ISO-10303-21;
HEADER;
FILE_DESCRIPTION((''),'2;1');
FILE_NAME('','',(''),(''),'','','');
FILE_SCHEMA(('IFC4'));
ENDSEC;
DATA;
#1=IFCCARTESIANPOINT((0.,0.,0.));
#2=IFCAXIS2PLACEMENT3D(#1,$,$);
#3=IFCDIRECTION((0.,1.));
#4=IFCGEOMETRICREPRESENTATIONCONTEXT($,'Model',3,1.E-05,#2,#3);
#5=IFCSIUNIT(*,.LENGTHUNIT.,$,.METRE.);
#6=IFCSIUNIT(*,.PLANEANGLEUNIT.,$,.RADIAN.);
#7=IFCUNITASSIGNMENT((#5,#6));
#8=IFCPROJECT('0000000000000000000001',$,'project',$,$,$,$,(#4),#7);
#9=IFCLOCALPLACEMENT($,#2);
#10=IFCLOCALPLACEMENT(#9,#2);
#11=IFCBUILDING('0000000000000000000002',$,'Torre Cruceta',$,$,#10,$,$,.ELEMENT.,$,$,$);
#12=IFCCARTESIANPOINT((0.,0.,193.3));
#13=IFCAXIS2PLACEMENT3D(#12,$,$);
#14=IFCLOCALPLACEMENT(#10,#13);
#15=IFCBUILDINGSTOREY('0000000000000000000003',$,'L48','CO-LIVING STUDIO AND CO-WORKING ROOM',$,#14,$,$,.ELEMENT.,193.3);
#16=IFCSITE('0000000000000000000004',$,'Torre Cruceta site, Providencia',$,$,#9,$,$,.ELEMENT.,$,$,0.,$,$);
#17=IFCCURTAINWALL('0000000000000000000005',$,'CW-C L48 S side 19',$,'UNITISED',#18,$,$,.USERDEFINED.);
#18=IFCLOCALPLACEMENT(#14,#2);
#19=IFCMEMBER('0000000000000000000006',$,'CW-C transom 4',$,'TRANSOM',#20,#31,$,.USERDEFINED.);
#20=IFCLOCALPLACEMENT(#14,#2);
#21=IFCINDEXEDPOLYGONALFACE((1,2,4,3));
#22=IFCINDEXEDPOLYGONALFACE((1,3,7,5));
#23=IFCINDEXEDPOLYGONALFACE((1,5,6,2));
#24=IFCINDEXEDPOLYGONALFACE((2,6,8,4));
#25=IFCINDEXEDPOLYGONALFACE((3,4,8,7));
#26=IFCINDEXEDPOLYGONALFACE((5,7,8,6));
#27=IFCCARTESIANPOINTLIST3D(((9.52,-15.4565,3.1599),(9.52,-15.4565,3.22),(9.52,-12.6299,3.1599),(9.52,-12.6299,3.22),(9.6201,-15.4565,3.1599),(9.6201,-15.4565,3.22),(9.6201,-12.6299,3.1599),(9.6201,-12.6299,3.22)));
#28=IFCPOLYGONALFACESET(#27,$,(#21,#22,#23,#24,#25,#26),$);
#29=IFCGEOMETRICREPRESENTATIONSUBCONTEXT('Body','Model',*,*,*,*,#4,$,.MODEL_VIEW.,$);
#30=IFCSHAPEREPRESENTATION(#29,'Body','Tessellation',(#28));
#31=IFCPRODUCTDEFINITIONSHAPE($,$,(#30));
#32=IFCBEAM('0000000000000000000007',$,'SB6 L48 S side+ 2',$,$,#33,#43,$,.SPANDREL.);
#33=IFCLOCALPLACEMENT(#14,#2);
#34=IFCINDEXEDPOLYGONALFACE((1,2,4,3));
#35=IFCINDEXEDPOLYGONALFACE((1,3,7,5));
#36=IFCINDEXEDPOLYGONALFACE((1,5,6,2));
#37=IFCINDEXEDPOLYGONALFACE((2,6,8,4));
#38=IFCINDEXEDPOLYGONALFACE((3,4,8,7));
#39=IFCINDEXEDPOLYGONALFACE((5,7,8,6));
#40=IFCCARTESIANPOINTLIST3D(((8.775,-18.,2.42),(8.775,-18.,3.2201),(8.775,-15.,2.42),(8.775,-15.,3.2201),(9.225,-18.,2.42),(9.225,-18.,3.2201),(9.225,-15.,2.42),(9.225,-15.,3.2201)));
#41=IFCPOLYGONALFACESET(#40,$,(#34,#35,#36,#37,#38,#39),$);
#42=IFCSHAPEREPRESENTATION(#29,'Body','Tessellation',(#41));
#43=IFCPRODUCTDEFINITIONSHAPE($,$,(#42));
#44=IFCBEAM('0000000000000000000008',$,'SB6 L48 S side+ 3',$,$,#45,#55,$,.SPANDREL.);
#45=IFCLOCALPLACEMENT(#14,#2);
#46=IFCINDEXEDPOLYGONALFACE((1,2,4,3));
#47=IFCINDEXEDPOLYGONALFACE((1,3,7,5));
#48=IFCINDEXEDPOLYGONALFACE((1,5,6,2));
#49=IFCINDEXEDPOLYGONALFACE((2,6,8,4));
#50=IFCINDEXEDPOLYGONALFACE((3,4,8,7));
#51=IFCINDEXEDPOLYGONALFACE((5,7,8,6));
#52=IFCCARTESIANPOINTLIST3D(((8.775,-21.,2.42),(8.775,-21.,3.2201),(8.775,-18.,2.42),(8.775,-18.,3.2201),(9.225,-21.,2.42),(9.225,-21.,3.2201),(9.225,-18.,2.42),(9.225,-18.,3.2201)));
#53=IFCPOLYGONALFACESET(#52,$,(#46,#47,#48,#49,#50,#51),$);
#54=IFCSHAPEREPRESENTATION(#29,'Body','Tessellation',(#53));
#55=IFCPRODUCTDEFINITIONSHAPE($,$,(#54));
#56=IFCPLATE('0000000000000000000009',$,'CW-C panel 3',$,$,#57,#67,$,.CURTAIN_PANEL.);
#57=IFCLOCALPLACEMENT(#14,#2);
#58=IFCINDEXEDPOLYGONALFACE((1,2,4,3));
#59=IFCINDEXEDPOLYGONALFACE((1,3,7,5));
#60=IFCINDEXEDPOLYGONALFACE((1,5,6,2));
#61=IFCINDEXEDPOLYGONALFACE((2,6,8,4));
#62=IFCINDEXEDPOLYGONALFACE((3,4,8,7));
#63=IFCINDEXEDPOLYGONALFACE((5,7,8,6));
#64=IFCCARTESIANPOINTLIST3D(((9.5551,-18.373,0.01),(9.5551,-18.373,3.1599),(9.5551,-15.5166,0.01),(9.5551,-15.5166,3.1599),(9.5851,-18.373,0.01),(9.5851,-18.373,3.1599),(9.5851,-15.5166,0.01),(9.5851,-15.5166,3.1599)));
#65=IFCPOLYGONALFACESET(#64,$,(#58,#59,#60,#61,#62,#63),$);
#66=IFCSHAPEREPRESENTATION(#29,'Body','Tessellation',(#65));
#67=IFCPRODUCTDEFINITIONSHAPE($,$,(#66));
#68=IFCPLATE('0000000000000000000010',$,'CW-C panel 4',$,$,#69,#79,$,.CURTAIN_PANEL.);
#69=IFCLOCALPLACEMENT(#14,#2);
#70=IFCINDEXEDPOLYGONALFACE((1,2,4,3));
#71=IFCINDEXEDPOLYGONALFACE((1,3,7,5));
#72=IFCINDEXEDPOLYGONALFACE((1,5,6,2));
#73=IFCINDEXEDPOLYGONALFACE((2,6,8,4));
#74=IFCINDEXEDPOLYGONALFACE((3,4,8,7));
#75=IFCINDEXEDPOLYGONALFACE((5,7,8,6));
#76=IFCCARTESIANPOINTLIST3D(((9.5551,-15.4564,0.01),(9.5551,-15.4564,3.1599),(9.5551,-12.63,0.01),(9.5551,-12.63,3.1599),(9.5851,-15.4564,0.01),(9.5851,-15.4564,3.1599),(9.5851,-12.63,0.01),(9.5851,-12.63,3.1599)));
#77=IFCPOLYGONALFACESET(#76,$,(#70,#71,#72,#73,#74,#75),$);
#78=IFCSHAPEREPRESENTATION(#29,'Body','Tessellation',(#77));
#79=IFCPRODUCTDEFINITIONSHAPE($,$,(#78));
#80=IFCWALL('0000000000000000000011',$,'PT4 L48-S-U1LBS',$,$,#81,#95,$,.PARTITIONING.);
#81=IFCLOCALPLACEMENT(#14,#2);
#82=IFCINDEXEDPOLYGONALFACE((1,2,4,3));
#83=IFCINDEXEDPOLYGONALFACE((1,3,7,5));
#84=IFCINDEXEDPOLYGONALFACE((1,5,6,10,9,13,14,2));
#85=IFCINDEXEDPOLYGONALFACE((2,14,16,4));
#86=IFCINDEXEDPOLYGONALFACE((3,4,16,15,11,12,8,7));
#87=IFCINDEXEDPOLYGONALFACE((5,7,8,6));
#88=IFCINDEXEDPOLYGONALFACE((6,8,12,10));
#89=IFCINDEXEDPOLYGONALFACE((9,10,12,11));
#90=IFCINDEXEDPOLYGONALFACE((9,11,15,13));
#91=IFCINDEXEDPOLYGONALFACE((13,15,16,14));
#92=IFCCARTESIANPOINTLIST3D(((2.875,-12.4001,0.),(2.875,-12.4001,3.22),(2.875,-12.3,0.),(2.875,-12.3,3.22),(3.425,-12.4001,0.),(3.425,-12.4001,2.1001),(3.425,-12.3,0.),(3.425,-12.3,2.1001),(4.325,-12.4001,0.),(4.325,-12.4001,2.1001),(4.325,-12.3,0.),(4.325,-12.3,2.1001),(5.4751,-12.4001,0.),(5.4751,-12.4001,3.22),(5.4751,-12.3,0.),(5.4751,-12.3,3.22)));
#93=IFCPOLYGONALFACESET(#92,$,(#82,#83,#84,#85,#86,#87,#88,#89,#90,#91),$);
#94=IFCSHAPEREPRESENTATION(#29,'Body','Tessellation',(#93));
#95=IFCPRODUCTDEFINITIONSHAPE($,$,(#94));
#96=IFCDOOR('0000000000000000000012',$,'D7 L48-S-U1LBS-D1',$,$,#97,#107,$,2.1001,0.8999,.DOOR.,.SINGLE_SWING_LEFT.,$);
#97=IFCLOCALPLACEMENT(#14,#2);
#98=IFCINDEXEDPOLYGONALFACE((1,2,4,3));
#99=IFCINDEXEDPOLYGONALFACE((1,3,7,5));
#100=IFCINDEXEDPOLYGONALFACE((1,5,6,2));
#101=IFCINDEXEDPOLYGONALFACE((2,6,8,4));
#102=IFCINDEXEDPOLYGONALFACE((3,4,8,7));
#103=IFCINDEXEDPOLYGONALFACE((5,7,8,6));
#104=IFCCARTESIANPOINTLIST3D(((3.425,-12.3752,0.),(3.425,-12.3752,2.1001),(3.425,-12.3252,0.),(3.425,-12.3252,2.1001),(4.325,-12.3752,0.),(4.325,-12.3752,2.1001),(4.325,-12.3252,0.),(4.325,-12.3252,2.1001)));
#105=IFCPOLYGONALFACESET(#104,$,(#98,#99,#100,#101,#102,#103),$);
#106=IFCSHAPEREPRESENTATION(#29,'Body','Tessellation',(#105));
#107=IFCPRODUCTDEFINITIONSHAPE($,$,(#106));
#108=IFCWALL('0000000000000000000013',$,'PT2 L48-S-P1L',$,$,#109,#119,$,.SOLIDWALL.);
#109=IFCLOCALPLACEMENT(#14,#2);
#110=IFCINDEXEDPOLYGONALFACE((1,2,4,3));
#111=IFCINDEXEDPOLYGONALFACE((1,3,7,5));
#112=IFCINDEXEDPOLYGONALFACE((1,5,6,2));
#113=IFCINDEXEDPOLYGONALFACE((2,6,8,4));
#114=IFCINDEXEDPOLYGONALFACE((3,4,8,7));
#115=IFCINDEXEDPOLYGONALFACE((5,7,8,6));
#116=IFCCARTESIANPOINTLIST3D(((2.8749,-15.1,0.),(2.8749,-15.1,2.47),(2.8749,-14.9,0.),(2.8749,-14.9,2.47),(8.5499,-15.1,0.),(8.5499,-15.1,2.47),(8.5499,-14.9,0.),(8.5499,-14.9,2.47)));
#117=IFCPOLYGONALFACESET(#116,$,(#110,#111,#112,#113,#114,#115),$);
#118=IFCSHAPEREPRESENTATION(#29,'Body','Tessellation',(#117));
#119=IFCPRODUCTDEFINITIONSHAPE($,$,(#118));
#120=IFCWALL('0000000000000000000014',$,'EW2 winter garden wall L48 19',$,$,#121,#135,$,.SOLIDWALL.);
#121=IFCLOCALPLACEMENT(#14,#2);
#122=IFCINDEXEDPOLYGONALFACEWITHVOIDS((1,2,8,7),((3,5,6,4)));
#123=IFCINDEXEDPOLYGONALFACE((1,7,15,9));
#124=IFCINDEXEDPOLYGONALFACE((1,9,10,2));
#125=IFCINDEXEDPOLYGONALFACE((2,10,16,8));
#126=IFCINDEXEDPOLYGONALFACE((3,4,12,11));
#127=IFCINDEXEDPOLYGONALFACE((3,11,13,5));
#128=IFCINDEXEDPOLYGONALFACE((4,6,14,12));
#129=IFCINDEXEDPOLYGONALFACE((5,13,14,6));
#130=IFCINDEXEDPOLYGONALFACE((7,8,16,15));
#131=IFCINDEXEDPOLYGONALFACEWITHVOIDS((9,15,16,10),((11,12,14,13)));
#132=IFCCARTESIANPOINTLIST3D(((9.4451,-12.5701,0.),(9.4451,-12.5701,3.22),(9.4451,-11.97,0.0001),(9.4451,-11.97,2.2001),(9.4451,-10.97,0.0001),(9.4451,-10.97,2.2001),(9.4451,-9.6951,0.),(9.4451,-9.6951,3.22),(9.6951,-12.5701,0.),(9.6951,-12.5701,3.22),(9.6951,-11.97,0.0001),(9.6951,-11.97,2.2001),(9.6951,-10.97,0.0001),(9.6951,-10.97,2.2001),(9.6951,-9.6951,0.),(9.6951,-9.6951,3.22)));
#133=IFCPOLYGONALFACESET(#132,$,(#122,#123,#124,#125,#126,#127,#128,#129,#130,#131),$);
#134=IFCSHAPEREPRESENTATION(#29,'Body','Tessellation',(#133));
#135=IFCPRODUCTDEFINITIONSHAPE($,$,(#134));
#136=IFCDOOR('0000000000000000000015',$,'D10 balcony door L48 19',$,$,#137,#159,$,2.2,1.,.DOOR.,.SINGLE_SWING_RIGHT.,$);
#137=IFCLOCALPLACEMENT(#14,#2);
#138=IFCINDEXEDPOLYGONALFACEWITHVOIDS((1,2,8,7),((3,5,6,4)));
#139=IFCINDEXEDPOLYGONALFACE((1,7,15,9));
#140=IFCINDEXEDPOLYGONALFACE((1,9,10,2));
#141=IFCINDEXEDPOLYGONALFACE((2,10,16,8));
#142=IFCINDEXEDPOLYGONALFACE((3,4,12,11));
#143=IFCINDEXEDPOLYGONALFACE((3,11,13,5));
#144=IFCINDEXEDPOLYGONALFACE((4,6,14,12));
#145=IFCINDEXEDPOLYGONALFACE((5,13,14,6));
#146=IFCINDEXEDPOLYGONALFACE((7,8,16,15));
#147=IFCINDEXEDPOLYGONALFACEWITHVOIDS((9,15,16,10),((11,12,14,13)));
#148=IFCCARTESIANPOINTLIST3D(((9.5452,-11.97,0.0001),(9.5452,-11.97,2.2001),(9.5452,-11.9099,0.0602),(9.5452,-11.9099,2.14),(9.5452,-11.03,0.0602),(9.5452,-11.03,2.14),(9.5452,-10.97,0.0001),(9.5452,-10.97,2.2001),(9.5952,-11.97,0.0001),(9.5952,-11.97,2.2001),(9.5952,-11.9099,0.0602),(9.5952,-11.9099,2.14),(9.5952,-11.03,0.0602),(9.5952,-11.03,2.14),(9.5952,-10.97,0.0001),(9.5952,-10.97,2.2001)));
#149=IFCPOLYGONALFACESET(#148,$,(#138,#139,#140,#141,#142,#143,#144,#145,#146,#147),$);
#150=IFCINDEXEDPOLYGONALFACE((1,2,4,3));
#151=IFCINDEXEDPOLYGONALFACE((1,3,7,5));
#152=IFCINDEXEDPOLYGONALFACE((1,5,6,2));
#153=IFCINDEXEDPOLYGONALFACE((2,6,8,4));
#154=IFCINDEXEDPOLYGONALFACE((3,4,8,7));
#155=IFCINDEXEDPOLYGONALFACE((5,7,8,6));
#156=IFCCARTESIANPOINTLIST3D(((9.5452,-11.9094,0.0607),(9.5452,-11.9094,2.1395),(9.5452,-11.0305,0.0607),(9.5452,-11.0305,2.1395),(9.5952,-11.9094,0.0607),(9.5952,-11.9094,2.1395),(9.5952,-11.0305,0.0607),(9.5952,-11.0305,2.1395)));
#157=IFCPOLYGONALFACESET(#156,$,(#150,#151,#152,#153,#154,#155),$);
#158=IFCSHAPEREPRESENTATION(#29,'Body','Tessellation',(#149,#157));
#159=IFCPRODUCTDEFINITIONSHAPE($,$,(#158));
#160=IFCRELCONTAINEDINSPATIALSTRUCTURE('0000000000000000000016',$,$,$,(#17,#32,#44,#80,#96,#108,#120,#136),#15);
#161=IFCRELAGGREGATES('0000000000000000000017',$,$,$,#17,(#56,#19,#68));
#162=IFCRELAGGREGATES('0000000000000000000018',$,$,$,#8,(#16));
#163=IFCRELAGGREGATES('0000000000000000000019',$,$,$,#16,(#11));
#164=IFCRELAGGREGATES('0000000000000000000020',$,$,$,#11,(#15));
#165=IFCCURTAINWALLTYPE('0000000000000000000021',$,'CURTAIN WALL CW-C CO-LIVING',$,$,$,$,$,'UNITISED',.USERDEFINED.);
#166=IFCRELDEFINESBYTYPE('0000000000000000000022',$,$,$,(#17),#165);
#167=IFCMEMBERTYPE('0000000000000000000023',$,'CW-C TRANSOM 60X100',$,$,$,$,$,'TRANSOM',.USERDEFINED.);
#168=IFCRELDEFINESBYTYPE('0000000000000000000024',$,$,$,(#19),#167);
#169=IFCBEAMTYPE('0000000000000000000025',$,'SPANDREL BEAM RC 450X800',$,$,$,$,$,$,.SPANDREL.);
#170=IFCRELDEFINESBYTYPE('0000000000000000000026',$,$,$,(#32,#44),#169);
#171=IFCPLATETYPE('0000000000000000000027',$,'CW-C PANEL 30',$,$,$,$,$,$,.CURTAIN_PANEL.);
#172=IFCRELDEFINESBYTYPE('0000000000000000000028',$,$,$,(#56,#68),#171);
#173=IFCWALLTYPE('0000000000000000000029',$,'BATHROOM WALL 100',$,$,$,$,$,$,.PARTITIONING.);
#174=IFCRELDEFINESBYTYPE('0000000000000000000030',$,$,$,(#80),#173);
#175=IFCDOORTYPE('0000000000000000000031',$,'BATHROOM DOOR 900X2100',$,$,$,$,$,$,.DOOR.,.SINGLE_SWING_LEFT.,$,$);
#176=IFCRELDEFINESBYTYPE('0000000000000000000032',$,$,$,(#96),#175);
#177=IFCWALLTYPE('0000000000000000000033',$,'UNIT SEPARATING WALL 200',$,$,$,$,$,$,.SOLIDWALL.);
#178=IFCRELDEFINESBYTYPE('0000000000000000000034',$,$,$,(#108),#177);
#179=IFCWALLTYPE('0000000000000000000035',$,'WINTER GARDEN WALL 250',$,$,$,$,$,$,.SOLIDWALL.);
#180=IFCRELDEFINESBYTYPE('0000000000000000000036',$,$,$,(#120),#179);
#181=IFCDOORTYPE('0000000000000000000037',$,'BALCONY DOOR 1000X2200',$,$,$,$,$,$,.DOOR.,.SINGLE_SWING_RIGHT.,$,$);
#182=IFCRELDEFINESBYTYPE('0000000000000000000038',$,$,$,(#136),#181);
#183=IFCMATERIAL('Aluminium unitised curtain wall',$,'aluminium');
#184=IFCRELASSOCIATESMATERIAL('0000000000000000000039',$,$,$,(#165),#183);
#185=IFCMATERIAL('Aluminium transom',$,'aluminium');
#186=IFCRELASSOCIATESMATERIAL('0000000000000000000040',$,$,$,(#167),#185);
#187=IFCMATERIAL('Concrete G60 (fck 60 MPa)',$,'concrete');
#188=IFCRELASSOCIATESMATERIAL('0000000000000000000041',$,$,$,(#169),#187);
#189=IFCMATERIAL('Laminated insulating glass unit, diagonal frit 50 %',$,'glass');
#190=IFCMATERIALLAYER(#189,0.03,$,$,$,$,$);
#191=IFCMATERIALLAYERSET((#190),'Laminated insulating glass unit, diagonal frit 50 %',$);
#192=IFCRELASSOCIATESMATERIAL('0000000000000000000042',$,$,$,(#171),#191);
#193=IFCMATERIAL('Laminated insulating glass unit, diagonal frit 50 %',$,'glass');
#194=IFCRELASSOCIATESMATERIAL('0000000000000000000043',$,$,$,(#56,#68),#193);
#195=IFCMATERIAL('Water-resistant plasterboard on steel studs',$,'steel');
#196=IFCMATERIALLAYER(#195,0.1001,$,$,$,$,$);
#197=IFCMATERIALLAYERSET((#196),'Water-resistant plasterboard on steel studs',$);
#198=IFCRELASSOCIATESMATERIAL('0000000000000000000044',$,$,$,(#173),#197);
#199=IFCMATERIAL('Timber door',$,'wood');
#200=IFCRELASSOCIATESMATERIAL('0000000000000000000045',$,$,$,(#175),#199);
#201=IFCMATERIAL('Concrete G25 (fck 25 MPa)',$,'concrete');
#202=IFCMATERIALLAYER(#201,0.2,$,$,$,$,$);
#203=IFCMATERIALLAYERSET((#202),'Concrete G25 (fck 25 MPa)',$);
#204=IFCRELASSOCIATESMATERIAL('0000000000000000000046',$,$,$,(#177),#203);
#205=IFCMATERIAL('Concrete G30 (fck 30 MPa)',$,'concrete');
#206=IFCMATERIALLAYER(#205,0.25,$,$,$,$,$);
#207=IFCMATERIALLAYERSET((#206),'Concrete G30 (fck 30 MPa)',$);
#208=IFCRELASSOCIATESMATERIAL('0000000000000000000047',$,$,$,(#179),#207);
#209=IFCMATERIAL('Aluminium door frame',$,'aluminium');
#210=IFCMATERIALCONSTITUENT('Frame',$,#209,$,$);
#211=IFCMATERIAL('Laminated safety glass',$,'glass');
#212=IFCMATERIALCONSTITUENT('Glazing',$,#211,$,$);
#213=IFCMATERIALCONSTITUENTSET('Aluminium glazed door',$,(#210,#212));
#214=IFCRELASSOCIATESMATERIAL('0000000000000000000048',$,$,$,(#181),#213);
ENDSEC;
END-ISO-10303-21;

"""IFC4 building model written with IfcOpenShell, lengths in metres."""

from ifc_helpers import new_model, si_unit, direction, frame, frame_2d, origin, origin_2d, place, context, subcontext, project, spatial, rectangle, hollow_rectangle, extrude, material, layer, layer_set, constituent, constituent_set, material_profile, profile_set, type_object, element, fill, aggregate, save


model = new_model("IFC4")

# Units and contexts
model_context = context("Model", 3, precision=1e-05, world=origin(), true_north=direction((0.0, 1.0)))
body_context = subcontext(model_context, "Body", "Model", "MODEL_VIEW")
ifc_project = project(units=[si_unit("LENGTHUNIT", "METRE"), si_unit("PLANEANGLEUNIT", "RADIAN")], contexts=[model_context])

# Site, building, storey
site_placement = place(None, origin())
site = spatial("IfcSite", under=ifc_project, at=site_placement, Name="Torre Cruceta site, Providencia", CompositionType="ELEMENT", RefElevation=0.0)
building_placement = place(site_placement, origin())
building = spatial("IfcBuilding", under=site, at=building_placement, Name="Torre Cruceta", CompositionType="ELEMENT")
storey_placement = place(building_placement, frame((0.0, 0.0, 193.3)))
storey = spatial("IfcBuildingStorey", under=building, at=storey_placement, Name="L48", Description="CO-LIVING STUDIO AND CO-WORKING ROOM", CompositionType="ELEMENT", Elevation=193.3)

# Curtain wall, member
ifc_material_1 = material(Name="Aluminium unitised curtain wall", Category="aluminium")
curtain_wall_type = type_object("IfcCurtainWallType", Name="CURTAIN WALL CW-C CO-LIVING", ElementType="UNITISED", PredefinedType="USERDEFINED", material=ifc_material_1)
curtain_wall_placement = place(storey_placement, origin())
curtain_wall = element("IfcCurtainWall", 1, at=curtain_wall_placement, inside=storey, type_object=curtain_wall_type, Name="CW-C L48 S side 19", ObjectType="UNITISED", PredefinedType="USERDEFINED")
ifc_material_2 = material(Name="Aluminium transom", Category="aluminium")
ifc_material_profile_1 = material_profile(ifc_material_2, rectangle(XDim=0.1001, YDim=0.0601, at=origin_2d()), Name="AL 100X60")
ifc_profile_set_1 = profile_set([ifc_material_profile_1], Name="Aluminium transom")
member_type_1 = type_object("IfcMemberType", Name="CW-C TRANSOM 60X100", ElementType="TRANSOM", PredefinedType="USERDEFINED", material=ifc_profile_set_1)
member_1_placement = place(storey_placement, frame((9.5701, -15.4565, 3.1899), z_axis=(0.0, 1.0, 0.0), x_axis=(-1.0, 0.0, 0.0)))
member_1 = element("IfcMember", 2, at=member_1_placement, type_object=member_type_1, Name="CW-C transom 4", ObjectType="TRANSOM", PredefinedType="USERDEFINED", context=body_context, shape_type="SweptSolid", body=[
    extrude(rectangle(XDim=0.1001, YDim=0.0601, at=origin_2d()), origin(), (0.0, 0.0, 1.0), 2.8267),
])

# Beams
ifc_material_3 = material(Name="Concrete G60 (fck 60 MPa)", Category="concrete")
ifc_material_profile_2 = material_profile(ifc_material_3, rectangle(XDim=0.45, YDim=0.8, at=origin_2d()), Name="RC 450X800")
ifc_profile_set_2 = profile_set([ifc_material_profile_2], Name="Concrete G60 (fck 60 MPa)")
beam_type_1 = type_object("IfcBeamType", Name="SPANDREL BEAM RC 450X800", PredefinedType="SPANDREL", material=ifc_profile_set_2)
for number, where, z_axis, x_axis, name in (
    (3, (9.0, -15.0, 2.8201), (0.0, -1.0, 0.0), (1.0, 0.0, 0.0), "SB6 L48 S side+ 2"),
    (4, (9.0, -18.0, 2.8201), (0.0, -1.0, 0.0), (1.0, 0.0, 0.0), "SB6 L48 S side+ 3"),
):
    element("IfcBeam", number, at=place(storey_placement, frame(where, z_axis=z_axis, x_axis=x_axis)), inside=storey, type_object=beam_type_1, Name=name, PredefinedType="SPANDREL", context=body_context, shape_type="SweptSolid", body=[
        extrude(rectangle(XDim=0.45, YDim=0.8, at=origin_2d()), origin(), (0.0, 0.0, 1.0), 3.0),
    ])

# Plates
ifc_material_4 = material(Name="Laminated insulating glass unit, diagonal frit 50 %", Category="glass")
ifc_material_5 = material(Name="Laminated insulating glass unit, diagonal frit 50 %", Category="glass")
ifc_layer_1 = layer(ifc_material_5, 0.03)
ifc_layer_set_1 = layer_set([ifc_layer_1], Name="Laminated insulating glass unit, diagonal frit 50 %")
plate_type = type_object("IfcPlateType", Name="CW-C PANEL 30", PredefinedType="CURTAIN_PANEL", material=ifc_layer_set_1)
plate_1_placement = place(storey_placement, frame((9.5701, -16.9448, 0.01), z_axis=(0.0, 0.0, 1.0), x_axis=(0.0, 1.0, 0.0)))
plate_1 = element("IfcPlate", 5, at=plate_1_placement, type_object=plate_type, material=ifc_material_4, Name="CW-C panel 3", PredefinedType="CURTAIN_PANEL", context=body_context, shape_type="SweptSolid", body=[
    extrude(rectangle(XDim=2.8564, YDim=0.03, at=origin_2d()), origin(), (0.0, 0.0, 1.0), 3.1499),
])
plate_2_placement = place(storey_placement, frame((9.5701, -14.0432, 0.01), z_axis=(0.0, 0.0, 1.0), x_axis=(0.0, 1.0, 0.0)))
plate_2 = element("IfcPlate", 6, at=plate_2_placement, type_object=plate_type, material=ifc_material_4, Name="CW-C panel 4", PredefinedType="CURTAIN_PANEL", context=body_context, shape_type="SweptSolid", body=[
    extrude(rectangle(XDim=2.8264, YDim=0.03, at=origin_2d()), origin(), (0.0, 0.0, 1.0), 3.1499),
])
aggregate(curtain_wall, [plate_1, member_1, plate_2])

# Wall, opening, door
ifc_material_6 = material(Name="Water-resistant plasterboard on steel studs", Category="steel")
ifc_layer_2 = layer(ifc_material_6, 0.1001)
ifc_layer_set_2 = layer_set([ifc_layer_2], Name="Water-resistant plasterboard on steel studs")
wall_type_1 = type_object("IfcWallType", Name="BATHROOM WALL 100", PredefinedType="PARTITIONING", material=ifc_layer_set_2)
wall_1_placement = place(storey_placement, frame((2.875, -12.3501, 0.0), z_axis=(0.0, 0.0, 1.0), x_axis=(1.0, 0.0, 0.0)))
wall_1 = element("IfcWall", 7, at=wall_1_placement, inside=storey, type_object=wall_type_1, Name="PT4 L48-S-U1LBS", PredefinedType="PARTITIONING", context=body_context, shape_type="SweptSolid", body=[
    extrude(rectangle(XDim=2.6001, YDim=0.1001, at=frame_2d((1.3, 0.0))), origin(), (0.0, 0.0, 1.0), 3.22),
])
opening_1_placement = place(wall_1_placement, frame((0.55, 0.0, 0.0)))
opening_1 = element("IfcOpeningElement", 8, at=opening_1_placement, cuts=wall_1, PredefinedType="OPENING", context=body_context, shape_type="SweptSolid", body=[
    extrude(rectangle(XDim=0.8999, YDim=2.1001, at=frame_2d((0.45, 1.05))), frame((0.0, 0.0601, 0.0), z_axis=(0.0, -1.0, 0.0), x_axis=(1.0, 0.0, 0.0)), (0.0, 0.0, 1.0), 0.1201),
])
ifc_material_7 = material(Name="Timber door", Category="wood")
door_type_1 = type_object("IfcDoorType", Name="BATHROOM DOOR 900X2100", OperationType="SINGLE_SWING_LEFT", PredefinedType="DOOR", material=ifc_material_7)
door_1_placement = place(opening_1_placement, origin())
door_1 = element("IfcDoor", 9, at=door_1_placement, inside=storey, type_object=door_type_1, Name="D7 L48-S-U1LBS-D1", OperationType="SINGLE_SWING_LEFT", OverallHeight=2.1001, OverallWidth=0.8999, PredefinedType="DOOR", context=body_context, shape_type="SweptSolid", body=[
    extrude(rectangle(XDim=0.8999, YDim=2.1001, at=frame_2d((0.45, 1.05))), frame((0.0, 0.0249, 0.0), z_axis=(0.0, -1.0, 0.0), x_axis=(1.0, 0.0, 0.0)), (0.0, 0.0, 1.0), 0.05),
])
fill(opening_1, door_1)

# Wall
ifc_material_8 = material(Name="Concrete G25 (fck 25 MPa)", Category="concrete")
ifc_layer_3 = layer(ifc_material_8, 0.2)
ifc_layer_set_3 = layer_set([ifc_layer_3], Name="Concrete G25 (fck 25 MPa)")
wall_type_2 = type_object("IfcWallType", Name="UNIT SEPARATING WALL 200", PredefinedType="SOLIDWALL", material=ifc_layer_set_3)
wall_2_placement = place(storey_placement, frame((2.875, -15.0, 0.0), z_axis=(0.0, 0.0, 1.0), x_axis=(1.0, 0.0, 0.0)))
element("IfcWall", 10, at=wall_2_placement, inside=storey, type_object=wall_type_2, Name="PT2 L48-S-P1L", PredefinedType="SOLIDWALL", context=body_context, shape_type="SweptSolid", body=[
    extrude(rectangle(XDim=5.675, YDim=0.2, at=frame_2d((2.8374, 0.0))), origin(), (0.0, 0.0, 1.0), 2.47),
])

# Wall, opening, door
ifc_material_9 = material(Name="Concrete G30 (fck 30 MPa)", Category="concrete")
ifc_layer_4 = layer(ifc_material_9, 0.25)
ifc_layer_set_4 = layer_set([ifc_layer_4], Name="Concrete G30 (fck 30 MPa)")
wall_type_3 = type_object("IfcWallType", Name="WINTER GARDEN WALL 250", PredefinedType="SOLIDWALL", material=ifc_layer_set_4)
wall_3_placement = place(storey_placement, frame((9.5701, -12.5701, 0.0), z_axis=(0.0, 0.0, 1.0), x_axis=(0.0, 1.0, 0.0)))
wall_3 = element("IfcWall", 11, at=wall_3_placement, inside=storey, type_object=wall_type_3, Name="EW2 winter garden wall L48 19", PredefinedType="SOLIDWALL", context=body_context, shape_type="SweptSolid", body=[
    extrude(rectangle(XDim=2.875, YDim=0.25, at=frame_2d((1.4375, 0.0))), origin(), (0.0, 0.0, 1.0), 3.22),
])
opening_2_placement = place(wall_3_placement, frame((0.6001, 0.0, 0.0)))
opening_2 = element("IfcOpeningElement", 12, at=opening_2_placement, cuts=wall_3, PredefinedType="OPENING", context=body_context, shape_type="SweptSolid", body=[
    extrude(rectangle(XDim=1.0, YDim=2.2, at=frame_2d((0.5, 1.1001))), frame((0.0, 0.135, 0.0), z_axis=(0.0, -1.0, 0.0), x_axis=(1.0, 0.0, 0.0)), (0.0, 0.0, 1.0), 0.27),
])
ifc_material_10 = material(Name="Aluminium door frame", Category="aluminium")
ifc_constituent_1 = constituent(ifc_material_10, Name="Frame")
ifc_material_11 = material(Name="Laminated safety glass", Category="glass")
ifc_constituent_2 = constituent(ifc_material_11, Name="Glazing")
ifc_constituent_set_1 = constituent_set(constituents=[ifc_constituent_1, ifc_constituent_2], Name="Aluminium glazed door")
door_type_2 = type_object("IfcDoorType", Name="BALCONY DOOR 1000X2200", OperationType="SINGLE_SWING_RIGHT", PredefinedType="DOOR", material=ifc_constituent_set_1)
door_2_placement = place(opening_2_placement, origin())
door_2 = element("IfcDoor", 13, at=door_2_placement, inside=storey, type_object=door_type_2, Name="D10 balcony door L48 19", OperationType="SINGLE_SWING_RIGHT", OverallHeight=2.2, OverallWidth=1.0, PredefinedType="DOOR", context=body_context, shape_type="SweptSolid", body=[
    extrude(hollow_rectangle(XDim=1.0, YDim=2.2, WallThickness=0.0601, at=frame_2d((0.5, 1.1001))), frame((0.0, 0.0249, 0.0), z_axis=(0.0, -1.0, 0.0), x_axis=(1.0, 0.0, 0.0)), (0.0, 0.0, 1.0), 0.05),
    extrude(rectangle(XDim=0.8789, YDim=2.0789, at=frame_2d((0.5, 1.1001))), frame((0.0, 0.0249, 0.0), z_axis=(0.0, -1.0, 0.0), x_axis=(1.0, 0.0, 0.0)), (0.0, 0.0, 1.0), 0.05),
])
fill(opening_2, door_2)

save(model, "model.ifc")
